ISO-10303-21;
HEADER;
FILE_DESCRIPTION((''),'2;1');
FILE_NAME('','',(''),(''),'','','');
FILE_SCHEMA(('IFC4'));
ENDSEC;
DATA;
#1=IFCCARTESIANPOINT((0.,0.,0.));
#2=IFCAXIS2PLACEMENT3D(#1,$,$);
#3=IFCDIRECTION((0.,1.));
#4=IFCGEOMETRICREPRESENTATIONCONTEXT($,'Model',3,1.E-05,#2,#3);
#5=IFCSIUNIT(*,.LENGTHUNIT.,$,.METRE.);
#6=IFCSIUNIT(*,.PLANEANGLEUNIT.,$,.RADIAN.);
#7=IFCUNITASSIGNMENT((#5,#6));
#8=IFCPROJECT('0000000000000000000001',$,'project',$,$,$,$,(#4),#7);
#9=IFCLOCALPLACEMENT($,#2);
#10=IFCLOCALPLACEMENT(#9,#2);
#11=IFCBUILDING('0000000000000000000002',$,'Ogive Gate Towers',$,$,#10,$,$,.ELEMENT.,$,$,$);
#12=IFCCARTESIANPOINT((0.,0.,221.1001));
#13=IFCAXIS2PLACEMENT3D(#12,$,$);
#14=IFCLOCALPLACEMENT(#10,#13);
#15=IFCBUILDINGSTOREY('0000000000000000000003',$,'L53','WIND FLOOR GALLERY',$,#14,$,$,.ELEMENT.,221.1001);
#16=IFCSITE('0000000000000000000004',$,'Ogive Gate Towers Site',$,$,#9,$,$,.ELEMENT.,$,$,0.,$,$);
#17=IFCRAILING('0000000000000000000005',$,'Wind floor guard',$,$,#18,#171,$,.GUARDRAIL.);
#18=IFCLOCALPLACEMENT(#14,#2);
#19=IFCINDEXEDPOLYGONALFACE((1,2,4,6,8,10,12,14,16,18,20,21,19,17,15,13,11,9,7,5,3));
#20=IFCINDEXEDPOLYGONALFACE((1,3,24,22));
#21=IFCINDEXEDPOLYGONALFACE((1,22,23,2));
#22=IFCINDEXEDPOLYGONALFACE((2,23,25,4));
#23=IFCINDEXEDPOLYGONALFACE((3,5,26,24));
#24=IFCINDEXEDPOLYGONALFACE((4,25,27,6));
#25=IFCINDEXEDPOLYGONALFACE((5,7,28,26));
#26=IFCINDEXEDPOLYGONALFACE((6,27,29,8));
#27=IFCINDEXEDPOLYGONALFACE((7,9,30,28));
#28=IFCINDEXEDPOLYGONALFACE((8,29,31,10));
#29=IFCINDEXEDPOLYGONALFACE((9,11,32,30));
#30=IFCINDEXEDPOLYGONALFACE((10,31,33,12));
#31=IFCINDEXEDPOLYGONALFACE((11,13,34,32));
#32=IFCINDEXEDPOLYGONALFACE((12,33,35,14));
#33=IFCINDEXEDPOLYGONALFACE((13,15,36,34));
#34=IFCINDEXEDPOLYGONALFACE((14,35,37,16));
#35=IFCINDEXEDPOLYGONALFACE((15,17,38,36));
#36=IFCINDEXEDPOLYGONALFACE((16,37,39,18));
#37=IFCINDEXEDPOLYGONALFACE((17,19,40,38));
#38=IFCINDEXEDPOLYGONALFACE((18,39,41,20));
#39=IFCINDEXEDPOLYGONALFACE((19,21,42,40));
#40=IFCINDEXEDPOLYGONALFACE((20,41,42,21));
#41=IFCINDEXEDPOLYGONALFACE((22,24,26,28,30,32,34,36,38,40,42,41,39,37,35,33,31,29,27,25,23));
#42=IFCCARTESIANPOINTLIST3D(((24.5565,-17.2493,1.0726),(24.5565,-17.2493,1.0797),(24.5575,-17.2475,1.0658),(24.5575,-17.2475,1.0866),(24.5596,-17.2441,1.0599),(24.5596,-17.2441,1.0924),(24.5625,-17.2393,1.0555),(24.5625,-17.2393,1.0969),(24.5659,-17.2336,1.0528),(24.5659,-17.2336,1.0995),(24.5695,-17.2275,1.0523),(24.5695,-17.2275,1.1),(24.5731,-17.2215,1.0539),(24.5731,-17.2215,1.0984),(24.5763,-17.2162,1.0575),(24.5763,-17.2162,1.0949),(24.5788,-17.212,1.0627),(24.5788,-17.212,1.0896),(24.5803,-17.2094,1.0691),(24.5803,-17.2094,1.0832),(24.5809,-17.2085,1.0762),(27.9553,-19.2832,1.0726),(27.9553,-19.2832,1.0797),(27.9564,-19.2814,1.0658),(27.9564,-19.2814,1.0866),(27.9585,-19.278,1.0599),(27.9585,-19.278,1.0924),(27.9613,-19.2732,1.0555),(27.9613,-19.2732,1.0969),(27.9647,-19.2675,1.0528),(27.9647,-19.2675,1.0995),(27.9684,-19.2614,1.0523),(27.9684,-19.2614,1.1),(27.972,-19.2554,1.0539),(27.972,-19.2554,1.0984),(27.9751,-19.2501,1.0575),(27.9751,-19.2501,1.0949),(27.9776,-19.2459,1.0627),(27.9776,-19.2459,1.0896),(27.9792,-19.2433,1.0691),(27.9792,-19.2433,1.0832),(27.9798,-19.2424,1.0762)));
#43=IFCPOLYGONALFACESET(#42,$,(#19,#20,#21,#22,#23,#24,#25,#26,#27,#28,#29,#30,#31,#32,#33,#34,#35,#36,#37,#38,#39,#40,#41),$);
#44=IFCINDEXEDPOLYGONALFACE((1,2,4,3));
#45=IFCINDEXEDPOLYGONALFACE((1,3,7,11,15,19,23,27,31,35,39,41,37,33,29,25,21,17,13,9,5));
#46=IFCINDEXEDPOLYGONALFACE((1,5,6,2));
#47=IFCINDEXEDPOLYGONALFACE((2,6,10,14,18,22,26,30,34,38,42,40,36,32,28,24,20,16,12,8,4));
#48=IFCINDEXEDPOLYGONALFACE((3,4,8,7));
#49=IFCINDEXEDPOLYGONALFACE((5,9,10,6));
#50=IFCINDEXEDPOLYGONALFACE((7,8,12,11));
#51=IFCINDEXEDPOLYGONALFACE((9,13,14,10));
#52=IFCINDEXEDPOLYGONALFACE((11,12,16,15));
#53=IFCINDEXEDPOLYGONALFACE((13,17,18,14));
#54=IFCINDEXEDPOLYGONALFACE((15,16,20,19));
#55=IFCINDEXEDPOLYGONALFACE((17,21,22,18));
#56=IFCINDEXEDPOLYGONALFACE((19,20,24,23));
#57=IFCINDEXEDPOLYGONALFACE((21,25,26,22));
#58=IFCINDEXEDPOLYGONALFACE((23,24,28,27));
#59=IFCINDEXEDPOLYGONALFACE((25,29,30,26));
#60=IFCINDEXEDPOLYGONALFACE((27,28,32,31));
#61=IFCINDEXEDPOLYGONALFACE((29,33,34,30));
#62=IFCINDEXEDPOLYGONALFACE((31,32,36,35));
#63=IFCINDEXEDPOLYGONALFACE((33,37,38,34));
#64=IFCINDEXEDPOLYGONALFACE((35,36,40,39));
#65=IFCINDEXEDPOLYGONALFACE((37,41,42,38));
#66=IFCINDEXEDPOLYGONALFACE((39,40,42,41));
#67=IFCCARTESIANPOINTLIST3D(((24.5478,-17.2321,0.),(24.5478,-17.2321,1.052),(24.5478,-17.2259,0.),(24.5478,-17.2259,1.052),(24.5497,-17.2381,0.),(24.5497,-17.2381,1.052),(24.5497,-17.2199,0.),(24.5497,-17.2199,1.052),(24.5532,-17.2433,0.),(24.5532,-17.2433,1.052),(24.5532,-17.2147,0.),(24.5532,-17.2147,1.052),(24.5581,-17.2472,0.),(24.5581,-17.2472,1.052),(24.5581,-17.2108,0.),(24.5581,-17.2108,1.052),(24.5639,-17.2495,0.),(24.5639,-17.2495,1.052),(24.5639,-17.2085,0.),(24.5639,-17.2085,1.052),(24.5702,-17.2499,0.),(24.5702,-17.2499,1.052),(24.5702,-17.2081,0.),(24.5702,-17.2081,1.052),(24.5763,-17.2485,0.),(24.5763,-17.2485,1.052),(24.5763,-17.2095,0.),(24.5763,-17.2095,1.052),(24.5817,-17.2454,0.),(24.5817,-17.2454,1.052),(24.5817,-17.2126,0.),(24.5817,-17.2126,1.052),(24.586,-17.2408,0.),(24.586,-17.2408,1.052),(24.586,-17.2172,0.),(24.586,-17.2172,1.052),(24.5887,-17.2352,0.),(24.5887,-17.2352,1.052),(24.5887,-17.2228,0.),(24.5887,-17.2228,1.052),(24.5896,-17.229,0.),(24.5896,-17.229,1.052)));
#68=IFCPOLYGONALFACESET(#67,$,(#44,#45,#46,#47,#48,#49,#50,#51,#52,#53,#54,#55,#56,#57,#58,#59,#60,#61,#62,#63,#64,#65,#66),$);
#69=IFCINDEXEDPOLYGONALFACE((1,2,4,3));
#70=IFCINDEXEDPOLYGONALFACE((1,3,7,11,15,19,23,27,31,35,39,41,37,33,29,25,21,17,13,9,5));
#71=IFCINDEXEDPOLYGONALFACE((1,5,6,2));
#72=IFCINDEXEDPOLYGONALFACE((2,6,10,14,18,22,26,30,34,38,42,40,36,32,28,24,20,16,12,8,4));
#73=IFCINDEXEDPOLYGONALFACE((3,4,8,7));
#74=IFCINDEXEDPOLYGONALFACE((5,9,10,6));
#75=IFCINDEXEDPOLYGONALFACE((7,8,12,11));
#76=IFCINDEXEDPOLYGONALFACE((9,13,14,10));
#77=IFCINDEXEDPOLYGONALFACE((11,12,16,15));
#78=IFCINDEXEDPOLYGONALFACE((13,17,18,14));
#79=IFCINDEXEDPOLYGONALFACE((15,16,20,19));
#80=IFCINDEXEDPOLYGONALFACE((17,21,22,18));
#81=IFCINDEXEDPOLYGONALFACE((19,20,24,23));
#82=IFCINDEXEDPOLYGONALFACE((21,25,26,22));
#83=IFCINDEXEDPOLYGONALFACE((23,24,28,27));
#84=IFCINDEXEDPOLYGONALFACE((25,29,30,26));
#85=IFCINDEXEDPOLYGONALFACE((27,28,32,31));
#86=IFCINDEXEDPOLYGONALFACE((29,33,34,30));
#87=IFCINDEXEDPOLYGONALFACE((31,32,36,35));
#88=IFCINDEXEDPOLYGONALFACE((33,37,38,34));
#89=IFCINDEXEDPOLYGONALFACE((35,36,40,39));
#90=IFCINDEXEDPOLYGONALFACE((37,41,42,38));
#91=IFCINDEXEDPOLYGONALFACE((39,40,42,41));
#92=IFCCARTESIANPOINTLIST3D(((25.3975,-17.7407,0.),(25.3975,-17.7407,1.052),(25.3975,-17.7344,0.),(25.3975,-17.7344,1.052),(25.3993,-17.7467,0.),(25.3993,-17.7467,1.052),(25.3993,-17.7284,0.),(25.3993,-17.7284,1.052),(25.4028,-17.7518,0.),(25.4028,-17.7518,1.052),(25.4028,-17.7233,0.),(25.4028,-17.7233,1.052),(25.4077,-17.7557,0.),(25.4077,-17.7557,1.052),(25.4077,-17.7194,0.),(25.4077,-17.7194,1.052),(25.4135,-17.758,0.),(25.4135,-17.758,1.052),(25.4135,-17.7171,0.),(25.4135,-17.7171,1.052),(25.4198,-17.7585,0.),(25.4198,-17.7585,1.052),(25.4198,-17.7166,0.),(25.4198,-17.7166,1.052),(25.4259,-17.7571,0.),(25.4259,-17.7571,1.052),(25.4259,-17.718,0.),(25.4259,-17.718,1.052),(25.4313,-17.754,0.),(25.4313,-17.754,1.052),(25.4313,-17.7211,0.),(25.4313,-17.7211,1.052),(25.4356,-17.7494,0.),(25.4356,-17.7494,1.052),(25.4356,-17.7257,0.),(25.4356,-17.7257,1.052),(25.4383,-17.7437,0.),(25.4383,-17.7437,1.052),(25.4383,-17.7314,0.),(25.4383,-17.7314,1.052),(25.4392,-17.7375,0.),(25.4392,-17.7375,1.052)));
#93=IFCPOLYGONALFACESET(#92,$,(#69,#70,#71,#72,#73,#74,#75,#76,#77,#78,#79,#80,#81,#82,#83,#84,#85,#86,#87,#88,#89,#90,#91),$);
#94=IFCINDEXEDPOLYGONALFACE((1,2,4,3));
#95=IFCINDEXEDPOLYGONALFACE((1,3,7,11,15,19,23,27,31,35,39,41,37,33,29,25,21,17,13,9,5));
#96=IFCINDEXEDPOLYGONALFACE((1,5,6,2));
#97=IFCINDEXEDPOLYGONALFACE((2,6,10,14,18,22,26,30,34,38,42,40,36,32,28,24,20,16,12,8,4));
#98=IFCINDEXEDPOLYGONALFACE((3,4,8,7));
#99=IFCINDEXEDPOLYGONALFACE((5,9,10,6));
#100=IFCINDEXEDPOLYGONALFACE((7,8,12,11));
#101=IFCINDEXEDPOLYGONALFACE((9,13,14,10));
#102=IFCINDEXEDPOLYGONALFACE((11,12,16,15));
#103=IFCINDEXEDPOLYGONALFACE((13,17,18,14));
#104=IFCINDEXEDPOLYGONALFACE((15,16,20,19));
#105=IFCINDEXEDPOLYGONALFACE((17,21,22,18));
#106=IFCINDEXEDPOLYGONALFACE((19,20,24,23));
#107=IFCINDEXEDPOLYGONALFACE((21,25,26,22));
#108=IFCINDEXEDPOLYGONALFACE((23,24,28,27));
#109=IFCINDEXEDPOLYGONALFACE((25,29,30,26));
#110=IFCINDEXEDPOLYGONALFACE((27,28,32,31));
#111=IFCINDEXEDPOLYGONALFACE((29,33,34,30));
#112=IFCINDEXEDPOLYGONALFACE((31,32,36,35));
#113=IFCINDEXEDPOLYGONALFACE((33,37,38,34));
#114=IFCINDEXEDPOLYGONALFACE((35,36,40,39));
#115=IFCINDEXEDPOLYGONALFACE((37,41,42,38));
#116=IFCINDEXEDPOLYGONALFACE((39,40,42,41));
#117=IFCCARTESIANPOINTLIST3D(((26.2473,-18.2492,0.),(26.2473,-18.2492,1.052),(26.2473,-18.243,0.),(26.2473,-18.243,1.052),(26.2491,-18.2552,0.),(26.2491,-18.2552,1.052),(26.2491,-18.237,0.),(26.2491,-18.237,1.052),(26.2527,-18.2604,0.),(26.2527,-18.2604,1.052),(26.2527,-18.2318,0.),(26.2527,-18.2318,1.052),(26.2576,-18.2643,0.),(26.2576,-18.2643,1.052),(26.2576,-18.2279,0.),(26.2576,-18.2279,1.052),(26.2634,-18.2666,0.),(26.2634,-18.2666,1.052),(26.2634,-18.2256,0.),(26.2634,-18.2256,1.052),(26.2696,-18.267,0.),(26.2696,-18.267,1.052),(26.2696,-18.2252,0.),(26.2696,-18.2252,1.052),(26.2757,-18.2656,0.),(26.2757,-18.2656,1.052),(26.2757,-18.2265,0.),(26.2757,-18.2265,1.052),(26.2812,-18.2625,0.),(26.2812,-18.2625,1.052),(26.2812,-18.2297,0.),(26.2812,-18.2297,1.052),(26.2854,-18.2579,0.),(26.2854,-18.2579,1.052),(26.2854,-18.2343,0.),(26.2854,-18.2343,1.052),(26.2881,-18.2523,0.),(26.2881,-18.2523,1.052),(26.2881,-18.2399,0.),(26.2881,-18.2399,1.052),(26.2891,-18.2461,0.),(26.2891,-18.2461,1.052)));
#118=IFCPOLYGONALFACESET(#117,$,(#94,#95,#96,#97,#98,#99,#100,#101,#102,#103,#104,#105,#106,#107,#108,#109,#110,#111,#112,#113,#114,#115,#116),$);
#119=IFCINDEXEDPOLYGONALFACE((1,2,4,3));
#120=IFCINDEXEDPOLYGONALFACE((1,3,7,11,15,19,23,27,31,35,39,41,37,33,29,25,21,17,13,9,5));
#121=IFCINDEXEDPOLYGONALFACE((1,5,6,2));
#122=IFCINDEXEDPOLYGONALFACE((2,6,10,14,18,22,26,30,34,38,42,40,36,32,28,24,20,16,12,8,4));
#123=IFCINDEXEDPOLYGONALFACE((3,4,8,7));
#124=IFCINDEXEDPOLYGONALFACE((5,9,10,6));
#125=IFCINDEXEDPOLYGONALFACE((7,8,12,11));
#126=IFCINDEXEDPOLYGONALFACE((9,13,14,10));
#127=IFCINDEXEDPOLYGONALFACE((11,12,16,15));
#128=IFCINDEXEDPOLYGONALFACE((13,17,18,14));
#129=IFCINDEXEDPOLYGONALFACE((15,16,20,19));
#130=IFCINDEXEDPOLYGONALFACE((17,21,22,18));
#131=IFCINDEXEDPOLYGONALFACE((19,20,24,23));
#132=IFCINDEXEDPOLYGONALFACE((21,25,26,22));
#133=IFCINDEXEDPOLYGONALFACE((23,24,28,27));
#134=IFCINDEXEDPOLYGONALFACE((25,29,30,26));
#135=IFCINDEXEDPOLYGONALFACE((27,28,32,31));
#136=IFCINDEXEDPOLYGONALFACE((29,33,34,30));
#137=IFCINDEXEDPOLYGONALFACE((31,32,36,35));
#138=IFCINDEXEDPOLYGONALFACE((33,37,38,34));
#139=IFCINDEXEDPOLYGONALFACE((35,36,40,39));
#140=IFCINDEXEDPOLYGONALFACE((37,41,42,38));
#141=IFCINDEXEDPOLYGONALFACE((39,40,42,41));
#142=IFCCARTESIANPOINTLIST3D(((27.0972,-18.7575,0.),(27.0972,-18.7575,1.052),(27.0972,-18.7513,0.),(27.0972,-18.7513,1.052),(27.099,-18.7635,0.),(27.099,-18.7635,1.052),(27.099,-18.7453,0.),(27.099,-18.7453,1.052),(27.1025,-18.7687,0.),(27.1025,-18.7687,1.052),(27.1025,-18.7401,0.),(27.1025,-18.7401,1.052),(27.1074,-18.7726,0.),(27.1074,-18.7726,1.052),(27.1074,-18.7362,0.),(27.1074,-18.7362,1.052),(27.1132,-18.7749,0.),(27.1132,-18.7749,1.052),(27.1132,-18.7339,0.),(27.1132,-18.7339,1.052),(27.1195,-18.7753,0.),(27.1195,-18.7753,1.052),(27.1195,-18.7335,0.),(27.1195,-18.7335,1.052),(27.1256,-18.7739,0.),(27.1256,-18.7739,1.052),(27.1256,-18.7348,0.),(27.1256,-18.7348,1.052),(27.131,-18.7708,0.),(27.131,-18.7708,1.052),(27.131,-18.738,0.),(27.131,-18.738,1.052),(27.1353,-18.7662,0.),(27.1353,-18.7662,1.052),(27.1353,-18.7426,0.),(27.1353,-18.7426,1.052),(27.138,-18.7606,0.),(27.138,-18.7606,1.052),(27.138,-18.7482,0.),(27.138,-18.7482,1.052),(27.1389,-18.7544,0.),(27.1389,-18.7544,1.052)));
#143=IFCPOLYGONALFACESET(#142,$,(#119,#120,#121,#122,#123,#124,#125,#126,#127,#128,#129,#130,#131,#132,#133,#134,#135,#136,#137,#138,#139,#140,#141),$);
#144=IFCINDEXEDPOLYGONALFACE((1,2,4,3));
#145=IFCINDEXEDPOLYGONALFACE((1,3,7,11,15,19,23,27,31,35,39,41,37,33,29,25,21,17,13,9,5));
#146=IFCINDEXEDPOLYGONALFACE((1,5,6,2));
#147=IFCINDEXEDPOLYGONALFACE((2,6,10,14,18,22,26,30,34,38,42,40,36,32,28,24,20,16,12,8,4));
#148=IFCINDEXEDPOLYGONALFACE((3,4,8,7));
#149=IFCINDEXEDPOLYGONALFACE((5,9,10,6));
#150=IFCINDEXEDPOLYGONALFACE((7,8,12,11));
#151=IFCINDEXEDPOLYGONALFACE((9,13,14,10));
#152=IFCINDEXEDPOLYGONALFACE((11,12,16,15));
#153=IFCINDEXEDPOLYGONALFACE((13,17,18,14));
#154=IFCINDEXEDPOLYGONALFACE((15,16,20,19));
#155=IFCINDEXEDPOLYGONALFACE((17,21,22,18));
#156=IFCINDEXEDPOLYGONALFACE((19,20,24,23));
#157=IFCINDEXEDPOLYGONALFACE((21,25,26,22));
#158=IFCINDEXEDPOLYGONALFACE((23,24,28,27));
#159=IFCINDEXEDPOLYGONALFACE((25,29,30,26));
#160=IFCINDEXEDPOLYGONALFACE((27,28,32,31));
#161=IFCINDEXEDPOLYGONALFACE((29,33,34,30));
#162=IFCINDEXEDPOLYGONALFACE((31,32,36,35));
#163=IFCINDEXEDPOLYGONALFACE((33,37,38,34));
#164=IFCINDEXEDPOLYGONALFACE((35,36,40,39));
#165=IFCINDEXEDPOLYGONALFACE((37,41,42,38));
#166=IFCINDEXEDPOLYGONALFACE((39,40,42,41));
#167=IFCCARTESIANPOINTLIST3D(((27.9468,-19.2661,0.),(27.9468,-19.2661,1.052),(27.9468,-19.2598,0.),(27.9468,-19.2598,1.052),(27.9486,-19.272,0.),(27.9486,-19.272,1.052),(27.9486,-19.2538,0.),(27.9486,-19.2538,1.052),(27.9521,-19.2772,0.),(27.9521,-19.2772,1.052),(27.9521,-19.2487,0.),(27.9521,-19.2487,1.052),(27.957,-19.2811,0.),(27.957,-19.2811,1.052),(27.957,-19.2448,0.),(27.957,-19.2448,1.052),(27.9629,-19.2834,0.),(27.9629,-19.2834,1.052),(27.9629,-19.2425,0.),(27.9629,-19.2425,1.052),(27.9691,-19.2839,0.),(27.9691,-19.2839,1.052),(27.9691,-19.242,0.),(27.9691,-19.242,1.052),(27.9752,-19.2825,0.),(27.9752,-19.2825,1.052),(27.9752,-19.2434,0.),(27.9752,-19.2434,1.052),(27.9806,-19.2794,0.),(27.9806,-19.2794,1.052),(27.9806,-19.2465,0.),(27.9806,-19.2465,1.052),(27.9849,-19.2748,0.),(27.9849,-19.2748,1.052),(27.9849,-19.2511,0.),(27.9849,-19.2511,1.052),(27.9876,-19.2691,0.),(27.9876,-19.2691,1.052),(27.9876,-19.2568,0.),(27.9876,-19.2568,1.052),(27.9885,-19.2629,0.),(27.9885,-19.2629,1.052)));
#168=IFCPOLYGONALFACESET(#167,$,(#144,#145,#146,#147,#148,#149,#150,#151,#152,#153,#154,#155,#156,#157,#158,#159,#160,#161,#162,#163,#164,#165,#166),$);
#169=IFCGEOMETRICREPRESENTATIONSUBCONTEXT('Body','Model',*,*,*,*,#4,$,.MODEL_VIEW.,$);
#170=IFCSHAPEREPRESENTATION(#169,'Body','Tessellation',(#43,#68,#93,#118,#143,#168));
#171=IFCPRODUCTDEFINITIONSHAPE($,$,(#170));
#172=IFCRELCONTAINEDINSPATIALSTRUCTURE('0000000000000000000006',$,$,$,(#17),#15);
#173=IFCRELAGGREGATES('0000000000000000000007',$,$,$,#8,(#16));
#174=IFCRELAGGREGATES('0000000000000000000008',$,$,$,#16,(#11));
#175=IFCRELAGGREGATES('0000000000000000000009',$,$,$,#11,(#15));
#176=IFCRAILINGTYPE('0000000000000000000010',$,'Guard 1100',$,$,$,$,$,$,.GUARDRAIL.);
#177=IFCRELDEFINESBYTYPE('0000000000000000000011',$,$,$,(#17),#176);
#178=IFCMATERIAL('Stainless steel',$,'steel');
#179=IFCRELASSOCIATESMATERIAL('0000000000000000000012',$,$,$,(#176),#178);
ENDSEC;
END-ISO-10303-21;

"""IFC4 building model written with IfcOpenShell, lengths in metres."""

from ifc_helpers import new_model, si_unit, direction, frame, origin, origin_2d, place, context, subcontext, project, spatial, circle, extrude, material, type_object, element, save


model = new_model("IFC4")

# Units and contexts
model_context = context("Model", 3, precision=1e-05, world=origin(), true_north=direction((0.0, 1.0)))
body_context = subcontext(model_context, "Body", "Model", "MODEL_VIEW")
ifc_project = project(units=[si_unit("LENGTHUNIT", "METRE"), si_unit("PLANEANGLEUNIT", "RADIAN")], contexts=[model_context])

# Site, building, storey
site_placement = place(None, origin())
site = spatial("IfcSite", under=ifc_project, at=site_placement, Name="Ogive Gate Towers Site", CompositionType="ELEMENT", RefElevation=0.0)
building_placement = place(site_placement, origin())
building = spatial("IfcBuilding", under=site, at=building_placement, Name="Ogive Gate Towers", CompositionType="ELEMENT")
storey_placement = place(building_placement, frame((0.0, 0.0, 221.1001)))
storey = spatial("IfcBuildingStorey", under=building, at=storey_placement, Name="L53", Description="WIND FLOOR GALLERY", CompositionType="ELEMENT", Elevation=221.1001)

# Railing
ifc_material_1 = material(Name="Stainless steel", Category="steel")
railing_type = type_object("IfcRailingType", Name="Guard 1100", PredefinedType="GUARDRAIL", material=ifc_material_1)
railing_1_placement = place(storey_placement, frame((24.5686, -17.229, 0.0)))
element("IfcRailing", 1, at=railing_1_placement, inside=storey, type_object=railing_type, Name="Wind floor guard", PredefinedType="GUARDRAIL", context=body_context, shape_type="SweptSolid", body=[
    extrude(circle(Radius=0.0239, at=origin_2d()), frame((0.0, 0.0, 1.0762), z_axis=(0.858096, -0.513489, 0.0), x_axis=(0.513489, 0.858096, 0.0)), (0.0, 0.0, 1.0), 3.9609),
    extrude(circle(Radius=0.021, at=origin_2d()), origin(), (0.0, 0.0, 1.0), 1.052),
    extrude(circle(Radius=0.021, at=origin_2d()), frame((0.8496, -0.5085, 0.0)), (0.0, 0.0, 1.0), 1.052),
    extrude(circle(Radius=0.021, at=origin_2d()), frame((1.6995, -1.0171, 0.0)), (0.0, 0.0, 1.0), 1.052),
    extrude(circle(Radius=0.021, at=origin_2d()), frame((2.5493, -1.5254, 0.0)), (0.0, 0.0, 1.0), 1.052),
    extrude(circle(Radius=0.021, at=origin_2d()), frame((3.3989, -2.0339, 0.0)), (0.0, 0.0, 1.0), 1.052),
])

save(model, "model.ifc")
